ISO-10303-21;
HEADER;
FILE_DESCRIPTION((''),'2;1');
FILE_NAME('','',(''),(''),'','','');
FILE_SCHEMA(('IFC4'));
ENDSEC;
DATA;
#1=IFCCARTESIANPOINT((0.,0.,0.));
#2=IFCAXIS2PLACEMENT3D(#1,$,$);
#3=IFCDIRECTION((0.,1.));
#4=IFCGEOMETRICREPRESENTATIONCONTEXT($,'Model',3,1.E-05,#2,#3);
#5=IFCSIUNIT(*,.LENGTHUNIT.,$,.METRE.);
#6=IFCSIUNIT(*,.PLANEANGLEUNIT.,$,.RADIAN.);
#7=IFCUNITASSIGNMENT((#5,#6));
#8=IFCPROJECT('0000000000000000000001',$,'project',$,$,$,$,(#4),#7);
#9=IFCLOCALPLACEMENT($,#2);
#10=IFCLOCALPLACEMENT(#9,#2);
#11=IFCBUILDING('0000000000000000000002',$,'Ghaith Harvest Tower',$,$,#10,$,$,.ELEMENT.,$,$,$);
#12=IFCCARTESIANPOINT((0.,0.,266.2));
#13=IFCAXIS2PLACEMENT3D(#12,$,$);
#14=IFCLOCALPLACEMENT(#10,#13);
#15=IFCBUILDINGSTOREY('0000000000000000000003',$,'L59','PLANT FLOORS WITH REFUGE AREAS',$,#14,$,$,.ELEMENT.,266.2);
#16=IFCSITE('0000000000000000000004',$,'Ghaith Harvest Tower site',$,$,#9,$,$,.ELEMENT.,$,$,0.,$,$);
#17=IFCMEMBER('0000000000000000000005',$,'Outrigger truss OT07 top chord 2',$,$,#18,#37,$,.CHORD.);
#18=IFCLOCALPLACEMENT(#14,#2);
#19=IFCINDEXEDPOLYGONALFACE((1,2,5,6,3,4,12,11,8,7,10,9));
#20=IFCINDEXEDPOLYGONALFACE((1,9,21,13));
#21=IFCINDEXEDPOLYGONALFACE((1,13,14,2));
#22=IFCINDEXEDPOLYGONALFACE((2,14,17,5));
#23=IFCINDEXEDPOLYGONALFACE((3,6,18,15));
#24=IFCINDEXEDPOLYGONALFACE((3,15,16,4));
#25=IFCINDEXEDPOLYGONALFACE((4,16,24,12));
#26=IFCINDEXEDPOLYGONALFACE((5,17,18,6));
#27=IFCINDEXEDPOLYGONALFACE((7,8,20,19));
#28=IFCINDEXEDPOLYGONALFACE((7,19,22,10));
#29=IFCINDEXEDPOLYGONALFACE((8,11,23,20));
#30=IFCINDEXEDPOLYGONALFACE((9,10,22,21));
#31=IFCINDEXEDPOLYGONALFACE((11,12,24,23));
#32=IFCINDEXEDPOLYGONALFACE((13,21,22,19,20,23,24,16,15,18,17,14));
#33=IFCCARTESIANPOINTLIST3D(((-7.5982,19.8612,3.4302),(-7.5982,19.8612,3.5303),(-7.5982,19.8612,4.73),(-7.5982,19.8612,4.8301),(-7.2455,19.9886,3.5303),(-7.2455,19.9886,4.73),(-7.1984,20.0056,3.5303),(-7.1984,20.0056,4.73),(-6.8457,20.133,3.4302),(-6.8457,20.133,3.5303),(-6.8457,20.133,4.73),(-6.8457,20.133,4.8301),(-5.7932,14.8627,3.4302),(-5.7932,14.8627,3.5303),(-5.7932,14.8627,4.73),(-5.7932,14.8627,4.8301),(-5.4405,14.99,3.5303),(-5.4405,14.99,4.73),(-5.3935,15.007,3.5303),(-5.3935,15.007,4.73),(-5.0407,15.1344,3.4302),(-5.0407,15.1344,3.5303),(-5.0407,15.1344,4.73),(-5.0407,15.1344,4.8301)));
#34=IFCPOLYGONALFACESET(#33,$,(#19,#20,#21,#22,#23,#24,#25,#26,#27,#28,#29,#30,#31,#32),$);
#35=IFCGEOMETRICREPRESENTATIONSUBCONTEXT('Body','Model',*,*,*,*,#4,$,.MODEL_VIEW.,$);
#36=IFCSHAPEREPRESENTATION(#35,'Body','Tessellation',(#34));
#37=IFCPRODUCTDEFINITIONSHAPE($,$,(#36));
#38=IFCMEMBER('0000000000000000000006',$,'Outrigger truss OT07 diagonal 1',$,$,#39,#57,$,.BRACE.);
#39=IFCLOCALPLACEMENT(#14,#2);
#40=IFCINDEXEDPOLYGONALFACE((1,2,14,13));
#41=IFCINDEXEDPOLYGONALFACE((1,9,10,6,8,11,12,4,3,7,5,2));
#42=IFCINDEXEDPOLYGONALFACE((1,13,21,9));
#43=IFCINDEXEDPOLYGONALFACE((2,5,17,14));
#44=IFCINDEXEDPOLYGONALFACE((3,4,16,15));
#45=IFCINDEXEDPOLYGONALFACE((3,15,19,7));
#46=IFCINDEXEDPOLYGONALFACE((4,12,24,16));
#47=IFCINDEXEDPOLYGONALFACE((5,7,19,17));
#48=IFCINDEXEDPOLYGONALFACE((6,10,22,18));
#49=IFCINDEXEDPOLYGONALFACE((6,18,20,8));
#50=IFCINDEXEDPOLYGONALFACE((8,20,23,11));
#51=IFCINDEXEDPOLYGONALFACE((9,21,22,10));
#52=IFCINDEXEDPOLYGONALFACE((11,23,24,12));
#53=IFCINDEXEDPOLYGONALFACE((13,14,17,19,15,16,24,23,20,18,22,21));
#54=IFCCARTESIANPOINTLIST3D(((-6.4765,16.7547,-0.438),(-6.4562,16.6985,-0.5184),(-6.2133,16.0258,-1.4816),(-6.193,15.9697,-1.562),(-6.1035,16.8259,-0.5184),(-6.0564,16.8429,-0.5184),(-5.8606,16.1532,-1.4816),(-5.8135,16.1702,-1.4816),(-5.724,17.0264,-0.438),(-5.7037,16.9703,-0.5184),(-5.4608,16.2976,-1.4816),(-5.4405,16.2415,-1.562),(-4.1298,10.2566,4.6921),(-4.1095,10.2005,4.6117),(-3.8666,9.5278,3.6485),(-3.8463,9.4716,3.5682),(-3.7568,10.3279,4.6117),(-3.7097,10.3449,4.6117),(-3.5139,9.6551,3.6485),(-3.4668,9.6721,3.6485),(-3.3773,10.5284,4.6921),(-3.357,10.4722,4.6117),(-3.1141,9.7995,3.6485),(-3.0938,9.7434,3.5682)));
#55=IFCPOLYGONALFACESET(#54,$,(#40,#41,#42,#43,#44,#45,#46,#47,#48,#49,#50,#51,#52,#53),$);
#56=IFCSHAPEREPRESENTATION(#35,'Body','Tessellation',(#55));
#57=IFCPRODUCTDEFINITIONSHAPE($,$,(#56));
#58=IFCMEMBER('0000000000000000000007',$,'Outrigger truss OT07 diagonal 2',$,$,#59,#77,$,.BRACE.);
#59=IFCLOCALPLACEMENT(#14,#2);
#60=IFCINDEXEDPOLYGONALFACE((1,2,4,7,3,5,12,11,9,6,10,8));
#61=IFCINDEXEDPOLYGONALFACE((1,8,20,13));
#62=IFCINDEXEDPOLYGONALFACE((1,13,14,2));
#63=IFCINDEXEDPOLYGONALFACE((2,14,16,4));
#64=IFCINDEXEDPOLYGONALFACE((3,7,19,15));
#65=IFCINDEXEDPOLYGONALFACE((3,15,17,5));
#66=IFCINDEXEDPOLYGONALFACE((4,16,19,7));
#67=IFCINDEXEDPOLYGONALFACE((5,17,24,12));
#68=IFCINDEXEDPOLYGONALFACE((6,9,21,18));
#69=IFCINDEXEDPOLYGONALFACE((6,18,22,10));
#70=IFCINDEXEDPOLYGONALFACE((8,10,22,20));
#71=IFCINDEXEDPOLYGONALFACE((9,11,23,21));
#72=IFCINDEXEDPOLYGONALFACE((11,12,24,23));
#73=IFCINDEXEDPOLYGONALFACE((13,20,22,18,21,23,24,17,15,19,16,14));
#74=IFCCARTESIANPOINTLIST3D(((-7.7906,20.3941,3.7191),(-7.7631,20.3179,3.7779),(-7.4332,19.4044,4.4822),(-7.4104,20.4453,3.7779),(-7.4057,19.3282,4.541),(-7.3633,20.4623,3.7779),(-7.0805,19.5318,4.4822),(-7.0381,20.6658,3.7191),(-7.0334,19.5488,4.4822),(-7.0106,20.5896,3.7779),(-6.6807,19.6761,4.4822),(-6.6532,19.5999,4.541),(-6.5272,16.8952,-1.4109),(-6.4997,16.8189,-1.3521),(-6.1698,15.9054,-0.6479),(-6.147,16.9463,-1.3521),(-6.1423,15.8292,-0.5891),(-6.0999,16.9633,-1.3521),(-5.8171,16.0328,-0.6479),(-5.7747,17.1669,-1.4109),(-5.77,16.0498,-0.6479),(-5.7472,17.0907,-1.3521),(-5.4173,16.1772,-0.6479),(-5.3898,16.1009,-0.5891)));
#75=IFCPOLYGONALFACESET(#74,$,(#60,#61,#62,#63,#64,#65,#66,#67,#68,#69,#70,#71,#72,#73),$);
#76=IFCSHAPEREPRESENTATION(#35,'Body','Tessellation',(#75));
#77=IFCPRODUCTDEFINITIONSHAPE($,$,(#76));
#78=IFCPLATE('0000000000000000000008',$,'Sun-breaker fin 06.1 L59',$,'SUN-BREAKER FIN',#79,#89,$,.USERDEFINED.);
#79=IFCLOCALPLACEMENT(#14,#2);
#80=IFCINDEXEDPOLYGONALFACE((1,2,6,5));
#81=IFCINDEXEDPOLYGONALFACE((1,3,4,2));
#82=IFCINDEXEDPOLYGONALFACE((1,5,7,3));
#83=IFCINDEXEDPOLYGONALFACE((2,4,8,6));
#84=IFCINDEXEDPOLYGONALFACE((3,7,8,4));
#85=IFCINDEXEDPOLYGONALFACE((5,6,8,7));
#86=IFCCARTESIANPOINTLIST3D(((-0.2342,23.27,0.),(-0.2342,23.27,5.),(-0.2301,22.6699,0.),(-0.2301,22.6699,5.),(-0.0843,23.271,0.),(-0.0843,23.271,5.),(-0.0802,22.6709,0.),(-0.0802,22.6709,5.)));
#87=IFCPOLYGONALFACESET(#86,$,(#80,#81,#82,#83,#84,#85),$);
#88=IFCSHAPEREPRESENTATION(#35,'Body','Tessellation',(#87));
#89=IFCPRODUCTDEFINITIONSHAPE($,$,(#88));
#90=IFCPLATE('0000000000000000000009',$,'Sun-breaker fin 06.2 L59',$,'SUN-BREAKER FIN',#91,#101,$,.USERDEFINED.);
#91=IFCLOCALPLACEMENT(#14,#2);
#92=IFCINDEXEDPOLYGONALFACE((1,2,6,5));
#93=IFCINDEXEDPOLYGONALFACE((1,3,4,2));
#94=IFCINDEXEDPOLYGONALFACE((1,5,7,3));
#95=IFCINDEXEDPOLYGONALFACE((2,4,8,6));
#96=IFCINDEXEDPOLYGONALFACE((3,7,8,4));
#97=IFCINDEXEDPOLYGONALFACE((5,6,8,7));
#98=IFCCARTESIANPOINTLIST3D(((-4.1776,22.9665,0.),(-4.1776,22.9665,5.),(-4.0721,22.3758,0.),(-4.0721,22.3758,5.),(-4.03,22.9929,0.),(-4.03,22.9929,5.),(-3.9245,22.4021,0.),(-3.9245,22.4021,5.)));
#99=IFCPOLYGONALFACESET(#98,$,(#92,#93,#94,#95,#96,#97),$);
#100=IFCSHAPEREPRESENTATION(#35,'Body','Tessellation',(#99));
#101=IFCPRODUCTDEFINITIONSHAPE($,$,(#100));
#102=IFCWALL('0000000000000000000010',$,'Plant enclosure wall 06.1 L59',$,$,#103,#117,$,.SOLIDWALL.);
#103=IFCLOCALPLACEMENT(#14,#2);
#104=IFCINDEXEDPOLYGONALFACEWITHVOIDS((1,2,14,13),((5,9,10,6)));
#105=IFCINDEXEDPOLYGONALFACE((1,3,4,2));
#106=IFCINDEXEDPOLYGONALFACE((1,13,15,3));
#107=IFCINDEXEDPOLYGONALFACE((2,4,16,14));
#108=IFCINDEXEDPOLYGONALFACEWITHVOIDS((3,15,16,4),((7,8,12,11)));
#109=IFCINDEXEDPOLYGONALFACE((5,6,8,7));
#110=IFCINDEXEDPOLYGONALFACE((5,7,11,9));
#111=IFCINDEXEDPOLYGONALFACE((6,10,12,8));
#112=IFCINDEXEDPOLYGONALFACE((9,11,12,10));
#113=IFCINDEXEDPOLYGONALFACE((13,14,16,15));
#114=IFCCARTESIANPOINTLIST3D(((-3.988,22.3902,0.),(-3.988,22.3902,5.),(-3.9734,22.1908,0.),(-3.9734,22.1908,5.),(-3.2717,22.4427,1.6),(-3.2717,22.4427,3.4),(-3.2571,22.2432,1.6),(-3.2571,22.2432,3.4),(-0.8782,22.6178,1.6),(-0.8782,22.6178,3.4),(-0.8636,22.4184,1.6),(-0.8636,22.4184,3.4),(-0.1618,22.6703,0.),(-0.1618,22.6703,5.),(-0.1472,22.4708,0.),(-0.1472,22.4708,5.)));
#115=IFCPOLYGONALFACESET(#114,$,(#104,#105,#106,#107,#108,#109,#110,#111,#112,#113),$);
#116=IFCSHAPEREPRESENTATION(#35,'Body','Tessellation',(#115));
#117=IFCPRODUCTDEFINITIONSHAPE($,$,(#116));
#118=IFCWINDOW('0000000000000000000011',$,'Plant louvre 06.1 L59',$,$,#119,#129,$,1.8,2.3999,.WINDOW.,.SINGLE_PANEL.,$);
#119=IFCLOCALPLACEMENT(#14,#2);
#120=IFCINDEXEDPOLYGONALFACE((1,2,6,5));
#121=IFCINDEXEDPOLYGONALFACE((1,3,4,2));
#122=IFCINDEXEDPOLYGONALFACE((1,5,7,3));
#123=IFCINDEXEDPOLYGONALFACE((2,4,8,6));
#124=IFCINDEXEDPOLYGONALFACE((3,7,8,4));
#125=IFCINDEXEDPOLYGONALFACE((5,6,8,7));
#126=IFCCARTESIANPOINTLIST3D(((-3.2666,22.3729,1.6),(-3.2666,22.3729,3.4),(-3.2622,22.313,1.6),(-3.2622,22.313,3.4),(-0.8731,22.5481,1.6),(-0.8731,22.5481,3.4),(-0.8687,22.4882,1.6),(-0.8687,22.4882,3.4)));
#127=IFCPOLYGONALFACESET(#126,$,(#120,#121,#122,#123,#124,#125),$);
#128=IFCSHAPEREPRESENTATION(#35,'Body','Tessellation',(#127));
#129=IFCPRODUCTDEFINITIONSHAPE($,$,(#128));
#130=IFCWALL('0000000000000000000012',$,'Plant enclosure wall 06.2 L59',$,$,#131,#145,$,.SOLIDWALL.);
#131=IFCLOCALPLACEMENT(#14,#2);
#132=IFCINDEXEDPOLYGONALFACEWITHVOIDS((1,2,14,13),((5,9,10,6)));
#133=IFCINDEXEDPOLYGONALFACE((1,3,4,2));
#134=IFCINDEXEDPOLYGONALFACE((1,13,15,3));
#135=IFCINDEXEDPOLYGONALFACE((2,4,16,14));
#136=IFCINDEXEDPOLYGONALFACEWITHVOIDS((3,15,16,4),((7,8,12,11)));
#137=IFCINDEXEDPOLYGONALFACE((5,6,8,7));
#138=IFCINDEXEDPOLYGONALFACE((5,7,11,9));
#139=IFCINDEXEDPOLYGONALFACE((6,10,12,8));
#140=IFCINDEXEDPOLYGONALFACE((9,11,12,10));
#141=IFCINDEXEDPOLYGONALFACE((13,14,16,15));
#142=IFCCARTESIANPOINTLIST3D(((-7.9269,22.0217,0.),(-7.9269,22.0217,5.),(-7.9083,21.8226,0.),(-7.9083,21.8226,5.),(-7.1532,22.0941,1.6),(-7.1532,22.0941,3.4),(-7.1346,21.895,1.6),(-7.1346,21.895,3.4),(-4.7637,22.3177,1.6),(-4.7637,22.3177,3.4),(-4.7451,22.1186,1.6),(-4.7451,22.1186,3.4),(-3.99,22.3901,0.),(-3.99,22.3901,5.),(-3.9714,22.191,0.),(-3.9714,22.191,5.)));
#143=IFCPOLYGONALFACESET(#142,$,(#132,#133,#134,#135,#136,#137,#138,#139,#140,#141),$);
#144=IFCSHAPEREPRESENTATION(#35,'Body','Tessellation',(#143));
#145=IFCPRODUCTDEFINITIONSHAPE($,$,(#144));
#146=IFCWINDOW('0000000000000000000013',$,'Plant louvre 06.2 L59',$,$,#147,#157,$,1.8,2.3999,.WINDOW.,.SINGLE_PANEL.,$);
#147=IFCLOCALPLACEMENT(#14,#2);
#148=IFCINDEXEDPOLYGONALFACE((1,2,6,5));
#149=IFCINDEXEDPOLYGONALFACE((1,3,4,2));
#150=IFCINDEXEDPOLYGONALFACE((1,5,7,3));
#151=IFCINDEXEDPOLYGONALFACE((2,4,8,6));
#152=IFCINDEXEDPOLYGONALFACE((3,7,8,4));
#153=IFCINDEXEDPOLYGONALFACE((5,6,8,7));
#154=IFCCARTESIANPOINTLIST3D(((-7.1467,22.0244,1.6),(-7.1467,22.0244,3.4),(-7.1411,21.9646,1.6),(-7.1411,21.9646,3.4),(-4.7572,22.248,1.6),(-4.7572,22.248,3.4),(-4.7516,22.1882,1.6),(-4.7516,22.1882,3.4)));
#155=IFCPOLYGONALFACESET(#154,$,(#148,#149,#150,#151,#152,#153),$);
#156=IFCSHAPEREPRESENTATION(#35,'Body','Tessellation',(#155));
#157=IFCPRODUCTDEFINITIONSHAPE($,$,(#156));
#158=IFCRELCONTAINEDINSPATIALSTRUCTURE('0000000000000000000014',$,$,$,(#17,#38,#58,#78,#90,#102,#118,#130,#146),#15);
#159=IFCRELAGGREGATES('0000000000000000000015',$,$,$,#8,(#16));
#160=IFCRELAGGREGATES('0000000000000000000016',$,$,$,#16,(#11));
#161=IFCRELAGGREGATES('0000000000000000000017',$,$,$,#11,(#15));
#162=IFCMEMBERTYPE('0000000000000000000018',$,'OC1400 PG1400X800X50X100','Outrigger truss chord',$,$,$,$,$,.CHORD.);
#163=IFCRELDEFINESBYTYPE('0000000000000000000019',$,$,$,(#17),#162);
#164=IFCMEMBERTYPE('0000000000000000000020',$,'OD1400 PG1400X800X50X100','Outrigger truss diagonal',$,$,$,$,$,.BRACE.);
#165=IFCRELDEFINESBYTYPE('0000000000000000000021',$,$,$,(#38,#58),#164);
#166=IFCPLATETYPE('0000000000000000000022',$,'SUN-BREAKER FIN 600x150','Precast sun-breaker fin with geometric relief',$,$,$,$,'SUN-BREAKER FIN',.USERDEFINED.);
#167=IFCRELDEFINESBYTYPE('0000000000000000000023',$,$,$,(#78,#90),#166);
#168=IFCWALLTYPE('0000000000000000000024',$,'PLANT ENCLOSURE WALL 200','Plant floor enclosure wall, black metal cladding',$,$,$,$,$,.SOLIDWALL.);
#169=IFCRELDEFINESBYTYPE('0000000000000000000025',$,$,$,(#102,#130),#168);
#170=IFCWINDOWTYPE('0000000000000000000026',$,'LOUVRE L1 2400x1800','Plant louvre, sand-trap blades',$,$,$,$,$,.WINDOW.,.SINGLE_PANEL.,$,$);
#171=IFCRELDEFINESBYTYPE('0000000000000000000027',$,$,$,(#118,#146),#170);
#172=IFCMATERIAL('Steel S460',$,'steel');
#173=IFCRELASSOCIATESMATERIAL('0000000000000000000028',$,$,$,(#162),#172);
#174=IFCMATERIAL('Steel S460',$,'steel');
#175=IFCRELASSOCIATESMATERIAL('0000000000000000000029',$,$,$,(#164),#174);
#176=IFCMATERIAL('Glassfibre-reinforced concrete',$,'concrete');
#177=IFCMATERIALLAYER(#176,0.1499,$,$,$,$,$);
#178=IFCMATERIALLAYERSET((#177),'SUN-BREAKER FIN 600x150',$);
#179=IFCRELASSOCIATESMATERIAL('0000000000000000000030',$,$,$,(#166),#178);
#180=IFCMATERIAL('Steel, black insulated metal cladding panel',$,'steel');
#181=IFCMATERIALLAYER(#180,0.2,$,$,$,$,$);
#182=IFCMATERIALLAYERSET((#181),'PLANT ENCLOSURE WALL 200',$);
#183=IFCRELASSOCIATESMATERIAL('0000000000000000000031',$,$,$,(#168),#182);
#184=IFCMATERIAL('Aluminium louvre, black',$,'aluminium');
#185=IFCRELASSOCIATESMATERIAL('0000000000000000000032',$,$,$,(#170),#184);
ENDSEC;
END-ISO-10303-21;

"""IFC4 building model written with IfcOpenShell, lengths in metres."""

from ifc_helpers import new_model, si_unit, direction, frame, frame_2d, origin, origin_2d, place, context, subcontext, project, spatial, rectangle, i_section, extrude, material, layer, layer_set, material_profile, profile_set, type_object, element, fill, save


model = new_model("IFC4")

# Units and contexts
model_context = context("Model", 3, precision=1e-05, world=origin(), true_north=direction((0.0, 1.0)))
body_context = subcontext(model_context, "Body", "Model", "MODEL_VIEW")
ifc_project = project(units=[si_unit("LENGTHUNIT", "METRE"), si_unit("PLANEANGLEUNIT", "RADIAN")], contexts=[model_context])

# Site, building, storey
site_placement = place(None, origin())
site = spatial("IfcSite", under=ifc_project, at=site_placement, Name="Ghaith Harvest Tower site", CompositionType="ELEMENT", RefElevation=0.0)
building_placement = place(site_placement, origin())
building = spatial("IfcBuilding", under=site, at=building_placement, Name="Ghaith Harvest Tower", CompositionType="ELEMENT")
storey_placement = place(building_placement, frame((0.0, 0.0, 266.2)))
storey = spatial("IfcBuildingStorey", under=building, at=storey_placement, Name="L59", Description="PLANT FLOORS WITH REFUGE AREAS", CompositionType="ELEMENT", Elevation=266.2)

# Members
ifc_material_1 = material(Name="Steel S460", Category="steel")
ifc_material_profile_1 = material_profile(ifc_material_1, i_section(OverallWidth=0.8, OverallDepth=1.3999, WebThickness=0.05, FlangeThickness=0.1001, at=origin_2d()), Name="PG1400X800X50X100")
ifc_profile_set_1 = profile_set([ifc_material_profile_1], Name="Steel S460")
member_type_1 = type_object("IfcMemberType", Name="OC1400 PG1400X800X50X100", Description="Outrigger truss chord", PredefinedType="CHORD", material=ifc_profile_set_1)
member_1_placement = place(storey_placement, frame((-5.417, 14.9985, 4.1301), z_axis=(-0.339629, 0.94056, 0.0), x_axis=(-0.94056, -0.339629, 0.0)))
element("IfcMember", 1, at=member_1_placement, inside=storey, type_object=member_type_1, Name="Outrigger truss OT07 top chord 2", PredefinedType="CHORD", context=body_context, shape_type="SweptSolid", body=[
    extrude(i_section(OverallWidth=0.8, OverallDepth=1.3999, WebThickness=0.05, FlangeThickness=0.1001, at=origin_2d()), origin(), (0.0, 0.0, 1.0), 5.3145),
])
ifc_material_2 = material(Name="Steel S460", Category="steel")
ifc_material_profile_2 = material_profile(ifc_material_2, i_section(OverallWidth=0.8, OverallDepth=1.3999, WebThickness=0.05, FlangeThickness=0.1001, at=origin_2d()), Name="PG1400X800X50X100")
ifc_profile_set_2 = profile_set([ifc_material_profile_2], Name="Steel S460")
member_type_2 = type_object("IfcMemberType", Name="OD1400 PG1400X800X50X100", Description="Outrigger truss diagonal", PredefinedType="BRACE", material=ifc_profile_set_2)
member_2_placement = place(storey_placement, frame((-3.6118, 10.0, 4.1301), z_axis=(-0.272704, 0.755129, -0.596165), x_axis=(-0.940546, -0.339665, 0.0)))
element("IfcMember", 2, at=member_2_placement, inside=storey, type_object=member_type_2, Name="Outrigger truss OT07 diagonal 1", PredefinedType="BRACE", context=body_context, shape_type="SweptSolid", body=[
    extrude(i_section(OverallWidth=0.8, OverallDepth=1.3999, WebThickness=0.05, FlangeThickness=0.1001, at=origin_2d()), origin(), (0.0, 0.0, 1.0), 8.6052),
])
member_3_placement = place(storey_placement, frame((-5.9585, 16.498, -1.0), z_axis=(-0.199373, 0.552157, 0.809551), x_axis=(-0.940563, -0.339619, 0.0)))
element("IfcMember", 3, at=member_3_placement, inside=storey, type_object=member_type_2, Name="Outrigger truss OT07 diagonal 2", PredefinedType="BRACE", context=body_context, shape_type="SweptSolid", body=[
    extrude(i_section(OverallWidth=0.8, OverallDepth=1.3999, WebThickness=0.05, FlangeThickness=0.1001, at=origin_2d()), origin(), (0.0, 0.0, 1.0), 6.3369),
])

# Plates
ifc_material_3 = material(Name="Glassfibre-reinforced concrete", Category="concrete")
ifc_layer_1 = layer(ifc_material_3, 0.1499)
ifc_layer_set_1 = layer_set([ifc_layer_1], Name="SUN-BREAKER FIN 600x150")
plate_type = type_object("IfcPlateType", Name="SUN-BREAKER FIN 600x150", Description="Precast sun-breaker fin with geometric relief", ElementType="SUN-BREAKER FIN", PredefinedType="USERDEFINED", material=ifc_layer_set_1)
for number, where, z_axis, x_axis, name in (
    (4, (-0.1572, 22.9705, 0.0), (0.0, 0.0, 1.0), (-0.006844, 0.999977, 0.0), "Sun-breaker fin 06.1 L59"),
    (5, (-4.051, 22.6843, 0.0), (0.0, 0.0, 1.0), (-0.175802, 0.984426, 0.0), "Sun-breaker fin 06.2 L59"),
):
    element("IfcPlate", number, at=place(storey_placement, frame(where, z_axis=z_axis, x_axis=x_axis)), inside=storey, type_object=plate_type, Name=name, ObjectType="SUN-BREAKER FIN", PredefinedType="USERDEFINED", context=body_context, shape_type="SweptSolid", body=[
        extrude(rectangle(XDim=0.6001, YDim=0.1499, at=origin_2d()), origin(), (0.0, 0.0, 1.0), 5.0),
    ])

# Walls, openings, windows
ifc_material_4 = material(Name="Steel, black insulated metal cladding panel", Category="steel")
ifc_layer_2 = layer(ifc_material_4, 0.2)
ifc_layer_set_2 = layer_set([ifc_layer_2], Name="PLANT ENCLOSURE WALL 200")
wall_type = type_object("IfcWallType", Name="PLANT ENCLOSURE WALL 200", Description="Plant floor enclosure wall, black metal cladding", PredefinedType="SOLIDWALL", material=ifc_layer_set_2)
wall_1_placement = place(storey_placement, frame((-0.1545, 22.5706, 0.0), z_axis=(0.0, 0.0, 1.0), x_axis=(-0.997332, -0.072993, 0.0)))
wall_1 = element("IfcWall", 6, at=wall_1_placement, inside=storey, type_object=wall_type, Name="Plant enclosure wall 06.1 L59", PredefinedType="SOLIDWALL", context=body_context, shape_type="SweptSolid", body=[
    extrude(rectangle(XDim=3.8364, YDim=0.2, at=frame_2d((1.9182, 0.0))), origin(), (0.0, 0.0, 1.0), 5.0),
])
opening_1_placement = place(wall_1_placement, frame((0.7183, 0.0, 1.6001)))
opening_1 = element("IfcOpeningElement", 7, at=opening_1_placement, cuts=wall_1, PredefinedType="OPENING", context=body_context, shape_type="SweptSolid", body=[
    extrude(rectangle(XDim=2.3999, YDim=1.8, at=frame_2d((1.2, 0.8999))), frame((0.0, 0.1099, 0.0), z_axis=(0.0, -1.0, 0.0), x_axis=(1.0, 0.0, 0.0)), (0.0, 0.0, 1.0), 0.22),
])
ifc_material_5 = material(Name="Aluminium louvre, black", Category="aluminium")
window_type = type_object("IfcWindowType", Name="LOUVRE L1 2400x1800", Description="Plant louvre, sand-trap blades", PartitioningType="SINGLE_PANEL", PredefinedType="WINDOW", material=ifc_material_5)
window_1_placement = place(opening_1_placement, origin())
window_1 = element("IfcWindow", 8, at=window_1_placement, inside=storey, type_object=window_type, Name="Plant louvre 06.1 L59", OverallHeight=1.8, OverallWidth=2.3999, PartitioningType="SINGLE_PANEL", PredefinedType="WINDOW", context=body_context, shape_type="SweptSolid", body=[
    extrude(rectangle(XDim=2.3999, YDim=1.8, at=frame_2d((1.2, 0.8999))), frame((0.0, 0.03, 0.0), z_axis=(0.0, -1.0, 0.0), x_axis=(1.0, 0.0, 0.0)), (0.0, 0.0, 1.0), 0.0601),
])
fill(opening_1, window_1)
wall_2_placement = place(storey_placement, frame((-3.9807, 22.2905, 0.0), z_axis=(0.0, 0.0, 1.0), x_axis=(-0.99565, -0.093169, 0.0)))
wall_2 = element("IfcWall", 9, at=wall_2_placement, inside=storey, type_object=wall_type, Name="Plant enclosure wall 06.2 L59", PredefinedType="SOLIDWALL", context=body_context, shape_type="SweptSolid", body=[
    extrude(rectangle(XDim=3.9541, YDim=0.2, at=frame_2d((1.9771, 0.0))), origin(), (0.0, 0.0, 1.0), 5.0),
])
opening_2_placement = place(wall_2_placement, frame((0.7771, 0.0, 1.6001)))
opening_2 = element("IfcOpeningElement", 10, at=opening_2_placement, cuts=wall_2, PredefinedType="OPENING", context=body_context, shape_type="SweptSolid", body=[
    extrude(rectangle(XDim=2.3999, YDim=1.8, at=frame_2d((1.2, 0.8999))), frame((0.0, 0.1099, 0.0), z_axis=(0.0, -1.0, 0.0), x_axis=(1.0, 0.0, 0.0)), (0.0, 0.0, 1.0), 0.22),
])
window_2_placement = place(opening_2_placement, origin())
window_2 = element("IfcWindow", 11, at=window_2_placement, inside=storey, type_object=window_type, Name="Plant louvre 06.2 L59", OverallHeight=1.8, OverallWidth=2.3999, PartitioningType="SINGLE_PANEL", PredefinedType="WINDOW", context=body_context, shape_type="SweptSolid", body=[
    extrude(rectangle(XDim=2.3999, YDim=1.8, at=frame_2d((1.2, 0.8999))), frame((0.0, 0.03, 0.0), z_axis=(0.0, -1.0, 0.0), x_axis=(1.0, 0.0, 0.0)), (0.0, 0.0, 1.0), 0.0601),
])
fill(opening_2, window_2)

save(model, "model.ifc")
